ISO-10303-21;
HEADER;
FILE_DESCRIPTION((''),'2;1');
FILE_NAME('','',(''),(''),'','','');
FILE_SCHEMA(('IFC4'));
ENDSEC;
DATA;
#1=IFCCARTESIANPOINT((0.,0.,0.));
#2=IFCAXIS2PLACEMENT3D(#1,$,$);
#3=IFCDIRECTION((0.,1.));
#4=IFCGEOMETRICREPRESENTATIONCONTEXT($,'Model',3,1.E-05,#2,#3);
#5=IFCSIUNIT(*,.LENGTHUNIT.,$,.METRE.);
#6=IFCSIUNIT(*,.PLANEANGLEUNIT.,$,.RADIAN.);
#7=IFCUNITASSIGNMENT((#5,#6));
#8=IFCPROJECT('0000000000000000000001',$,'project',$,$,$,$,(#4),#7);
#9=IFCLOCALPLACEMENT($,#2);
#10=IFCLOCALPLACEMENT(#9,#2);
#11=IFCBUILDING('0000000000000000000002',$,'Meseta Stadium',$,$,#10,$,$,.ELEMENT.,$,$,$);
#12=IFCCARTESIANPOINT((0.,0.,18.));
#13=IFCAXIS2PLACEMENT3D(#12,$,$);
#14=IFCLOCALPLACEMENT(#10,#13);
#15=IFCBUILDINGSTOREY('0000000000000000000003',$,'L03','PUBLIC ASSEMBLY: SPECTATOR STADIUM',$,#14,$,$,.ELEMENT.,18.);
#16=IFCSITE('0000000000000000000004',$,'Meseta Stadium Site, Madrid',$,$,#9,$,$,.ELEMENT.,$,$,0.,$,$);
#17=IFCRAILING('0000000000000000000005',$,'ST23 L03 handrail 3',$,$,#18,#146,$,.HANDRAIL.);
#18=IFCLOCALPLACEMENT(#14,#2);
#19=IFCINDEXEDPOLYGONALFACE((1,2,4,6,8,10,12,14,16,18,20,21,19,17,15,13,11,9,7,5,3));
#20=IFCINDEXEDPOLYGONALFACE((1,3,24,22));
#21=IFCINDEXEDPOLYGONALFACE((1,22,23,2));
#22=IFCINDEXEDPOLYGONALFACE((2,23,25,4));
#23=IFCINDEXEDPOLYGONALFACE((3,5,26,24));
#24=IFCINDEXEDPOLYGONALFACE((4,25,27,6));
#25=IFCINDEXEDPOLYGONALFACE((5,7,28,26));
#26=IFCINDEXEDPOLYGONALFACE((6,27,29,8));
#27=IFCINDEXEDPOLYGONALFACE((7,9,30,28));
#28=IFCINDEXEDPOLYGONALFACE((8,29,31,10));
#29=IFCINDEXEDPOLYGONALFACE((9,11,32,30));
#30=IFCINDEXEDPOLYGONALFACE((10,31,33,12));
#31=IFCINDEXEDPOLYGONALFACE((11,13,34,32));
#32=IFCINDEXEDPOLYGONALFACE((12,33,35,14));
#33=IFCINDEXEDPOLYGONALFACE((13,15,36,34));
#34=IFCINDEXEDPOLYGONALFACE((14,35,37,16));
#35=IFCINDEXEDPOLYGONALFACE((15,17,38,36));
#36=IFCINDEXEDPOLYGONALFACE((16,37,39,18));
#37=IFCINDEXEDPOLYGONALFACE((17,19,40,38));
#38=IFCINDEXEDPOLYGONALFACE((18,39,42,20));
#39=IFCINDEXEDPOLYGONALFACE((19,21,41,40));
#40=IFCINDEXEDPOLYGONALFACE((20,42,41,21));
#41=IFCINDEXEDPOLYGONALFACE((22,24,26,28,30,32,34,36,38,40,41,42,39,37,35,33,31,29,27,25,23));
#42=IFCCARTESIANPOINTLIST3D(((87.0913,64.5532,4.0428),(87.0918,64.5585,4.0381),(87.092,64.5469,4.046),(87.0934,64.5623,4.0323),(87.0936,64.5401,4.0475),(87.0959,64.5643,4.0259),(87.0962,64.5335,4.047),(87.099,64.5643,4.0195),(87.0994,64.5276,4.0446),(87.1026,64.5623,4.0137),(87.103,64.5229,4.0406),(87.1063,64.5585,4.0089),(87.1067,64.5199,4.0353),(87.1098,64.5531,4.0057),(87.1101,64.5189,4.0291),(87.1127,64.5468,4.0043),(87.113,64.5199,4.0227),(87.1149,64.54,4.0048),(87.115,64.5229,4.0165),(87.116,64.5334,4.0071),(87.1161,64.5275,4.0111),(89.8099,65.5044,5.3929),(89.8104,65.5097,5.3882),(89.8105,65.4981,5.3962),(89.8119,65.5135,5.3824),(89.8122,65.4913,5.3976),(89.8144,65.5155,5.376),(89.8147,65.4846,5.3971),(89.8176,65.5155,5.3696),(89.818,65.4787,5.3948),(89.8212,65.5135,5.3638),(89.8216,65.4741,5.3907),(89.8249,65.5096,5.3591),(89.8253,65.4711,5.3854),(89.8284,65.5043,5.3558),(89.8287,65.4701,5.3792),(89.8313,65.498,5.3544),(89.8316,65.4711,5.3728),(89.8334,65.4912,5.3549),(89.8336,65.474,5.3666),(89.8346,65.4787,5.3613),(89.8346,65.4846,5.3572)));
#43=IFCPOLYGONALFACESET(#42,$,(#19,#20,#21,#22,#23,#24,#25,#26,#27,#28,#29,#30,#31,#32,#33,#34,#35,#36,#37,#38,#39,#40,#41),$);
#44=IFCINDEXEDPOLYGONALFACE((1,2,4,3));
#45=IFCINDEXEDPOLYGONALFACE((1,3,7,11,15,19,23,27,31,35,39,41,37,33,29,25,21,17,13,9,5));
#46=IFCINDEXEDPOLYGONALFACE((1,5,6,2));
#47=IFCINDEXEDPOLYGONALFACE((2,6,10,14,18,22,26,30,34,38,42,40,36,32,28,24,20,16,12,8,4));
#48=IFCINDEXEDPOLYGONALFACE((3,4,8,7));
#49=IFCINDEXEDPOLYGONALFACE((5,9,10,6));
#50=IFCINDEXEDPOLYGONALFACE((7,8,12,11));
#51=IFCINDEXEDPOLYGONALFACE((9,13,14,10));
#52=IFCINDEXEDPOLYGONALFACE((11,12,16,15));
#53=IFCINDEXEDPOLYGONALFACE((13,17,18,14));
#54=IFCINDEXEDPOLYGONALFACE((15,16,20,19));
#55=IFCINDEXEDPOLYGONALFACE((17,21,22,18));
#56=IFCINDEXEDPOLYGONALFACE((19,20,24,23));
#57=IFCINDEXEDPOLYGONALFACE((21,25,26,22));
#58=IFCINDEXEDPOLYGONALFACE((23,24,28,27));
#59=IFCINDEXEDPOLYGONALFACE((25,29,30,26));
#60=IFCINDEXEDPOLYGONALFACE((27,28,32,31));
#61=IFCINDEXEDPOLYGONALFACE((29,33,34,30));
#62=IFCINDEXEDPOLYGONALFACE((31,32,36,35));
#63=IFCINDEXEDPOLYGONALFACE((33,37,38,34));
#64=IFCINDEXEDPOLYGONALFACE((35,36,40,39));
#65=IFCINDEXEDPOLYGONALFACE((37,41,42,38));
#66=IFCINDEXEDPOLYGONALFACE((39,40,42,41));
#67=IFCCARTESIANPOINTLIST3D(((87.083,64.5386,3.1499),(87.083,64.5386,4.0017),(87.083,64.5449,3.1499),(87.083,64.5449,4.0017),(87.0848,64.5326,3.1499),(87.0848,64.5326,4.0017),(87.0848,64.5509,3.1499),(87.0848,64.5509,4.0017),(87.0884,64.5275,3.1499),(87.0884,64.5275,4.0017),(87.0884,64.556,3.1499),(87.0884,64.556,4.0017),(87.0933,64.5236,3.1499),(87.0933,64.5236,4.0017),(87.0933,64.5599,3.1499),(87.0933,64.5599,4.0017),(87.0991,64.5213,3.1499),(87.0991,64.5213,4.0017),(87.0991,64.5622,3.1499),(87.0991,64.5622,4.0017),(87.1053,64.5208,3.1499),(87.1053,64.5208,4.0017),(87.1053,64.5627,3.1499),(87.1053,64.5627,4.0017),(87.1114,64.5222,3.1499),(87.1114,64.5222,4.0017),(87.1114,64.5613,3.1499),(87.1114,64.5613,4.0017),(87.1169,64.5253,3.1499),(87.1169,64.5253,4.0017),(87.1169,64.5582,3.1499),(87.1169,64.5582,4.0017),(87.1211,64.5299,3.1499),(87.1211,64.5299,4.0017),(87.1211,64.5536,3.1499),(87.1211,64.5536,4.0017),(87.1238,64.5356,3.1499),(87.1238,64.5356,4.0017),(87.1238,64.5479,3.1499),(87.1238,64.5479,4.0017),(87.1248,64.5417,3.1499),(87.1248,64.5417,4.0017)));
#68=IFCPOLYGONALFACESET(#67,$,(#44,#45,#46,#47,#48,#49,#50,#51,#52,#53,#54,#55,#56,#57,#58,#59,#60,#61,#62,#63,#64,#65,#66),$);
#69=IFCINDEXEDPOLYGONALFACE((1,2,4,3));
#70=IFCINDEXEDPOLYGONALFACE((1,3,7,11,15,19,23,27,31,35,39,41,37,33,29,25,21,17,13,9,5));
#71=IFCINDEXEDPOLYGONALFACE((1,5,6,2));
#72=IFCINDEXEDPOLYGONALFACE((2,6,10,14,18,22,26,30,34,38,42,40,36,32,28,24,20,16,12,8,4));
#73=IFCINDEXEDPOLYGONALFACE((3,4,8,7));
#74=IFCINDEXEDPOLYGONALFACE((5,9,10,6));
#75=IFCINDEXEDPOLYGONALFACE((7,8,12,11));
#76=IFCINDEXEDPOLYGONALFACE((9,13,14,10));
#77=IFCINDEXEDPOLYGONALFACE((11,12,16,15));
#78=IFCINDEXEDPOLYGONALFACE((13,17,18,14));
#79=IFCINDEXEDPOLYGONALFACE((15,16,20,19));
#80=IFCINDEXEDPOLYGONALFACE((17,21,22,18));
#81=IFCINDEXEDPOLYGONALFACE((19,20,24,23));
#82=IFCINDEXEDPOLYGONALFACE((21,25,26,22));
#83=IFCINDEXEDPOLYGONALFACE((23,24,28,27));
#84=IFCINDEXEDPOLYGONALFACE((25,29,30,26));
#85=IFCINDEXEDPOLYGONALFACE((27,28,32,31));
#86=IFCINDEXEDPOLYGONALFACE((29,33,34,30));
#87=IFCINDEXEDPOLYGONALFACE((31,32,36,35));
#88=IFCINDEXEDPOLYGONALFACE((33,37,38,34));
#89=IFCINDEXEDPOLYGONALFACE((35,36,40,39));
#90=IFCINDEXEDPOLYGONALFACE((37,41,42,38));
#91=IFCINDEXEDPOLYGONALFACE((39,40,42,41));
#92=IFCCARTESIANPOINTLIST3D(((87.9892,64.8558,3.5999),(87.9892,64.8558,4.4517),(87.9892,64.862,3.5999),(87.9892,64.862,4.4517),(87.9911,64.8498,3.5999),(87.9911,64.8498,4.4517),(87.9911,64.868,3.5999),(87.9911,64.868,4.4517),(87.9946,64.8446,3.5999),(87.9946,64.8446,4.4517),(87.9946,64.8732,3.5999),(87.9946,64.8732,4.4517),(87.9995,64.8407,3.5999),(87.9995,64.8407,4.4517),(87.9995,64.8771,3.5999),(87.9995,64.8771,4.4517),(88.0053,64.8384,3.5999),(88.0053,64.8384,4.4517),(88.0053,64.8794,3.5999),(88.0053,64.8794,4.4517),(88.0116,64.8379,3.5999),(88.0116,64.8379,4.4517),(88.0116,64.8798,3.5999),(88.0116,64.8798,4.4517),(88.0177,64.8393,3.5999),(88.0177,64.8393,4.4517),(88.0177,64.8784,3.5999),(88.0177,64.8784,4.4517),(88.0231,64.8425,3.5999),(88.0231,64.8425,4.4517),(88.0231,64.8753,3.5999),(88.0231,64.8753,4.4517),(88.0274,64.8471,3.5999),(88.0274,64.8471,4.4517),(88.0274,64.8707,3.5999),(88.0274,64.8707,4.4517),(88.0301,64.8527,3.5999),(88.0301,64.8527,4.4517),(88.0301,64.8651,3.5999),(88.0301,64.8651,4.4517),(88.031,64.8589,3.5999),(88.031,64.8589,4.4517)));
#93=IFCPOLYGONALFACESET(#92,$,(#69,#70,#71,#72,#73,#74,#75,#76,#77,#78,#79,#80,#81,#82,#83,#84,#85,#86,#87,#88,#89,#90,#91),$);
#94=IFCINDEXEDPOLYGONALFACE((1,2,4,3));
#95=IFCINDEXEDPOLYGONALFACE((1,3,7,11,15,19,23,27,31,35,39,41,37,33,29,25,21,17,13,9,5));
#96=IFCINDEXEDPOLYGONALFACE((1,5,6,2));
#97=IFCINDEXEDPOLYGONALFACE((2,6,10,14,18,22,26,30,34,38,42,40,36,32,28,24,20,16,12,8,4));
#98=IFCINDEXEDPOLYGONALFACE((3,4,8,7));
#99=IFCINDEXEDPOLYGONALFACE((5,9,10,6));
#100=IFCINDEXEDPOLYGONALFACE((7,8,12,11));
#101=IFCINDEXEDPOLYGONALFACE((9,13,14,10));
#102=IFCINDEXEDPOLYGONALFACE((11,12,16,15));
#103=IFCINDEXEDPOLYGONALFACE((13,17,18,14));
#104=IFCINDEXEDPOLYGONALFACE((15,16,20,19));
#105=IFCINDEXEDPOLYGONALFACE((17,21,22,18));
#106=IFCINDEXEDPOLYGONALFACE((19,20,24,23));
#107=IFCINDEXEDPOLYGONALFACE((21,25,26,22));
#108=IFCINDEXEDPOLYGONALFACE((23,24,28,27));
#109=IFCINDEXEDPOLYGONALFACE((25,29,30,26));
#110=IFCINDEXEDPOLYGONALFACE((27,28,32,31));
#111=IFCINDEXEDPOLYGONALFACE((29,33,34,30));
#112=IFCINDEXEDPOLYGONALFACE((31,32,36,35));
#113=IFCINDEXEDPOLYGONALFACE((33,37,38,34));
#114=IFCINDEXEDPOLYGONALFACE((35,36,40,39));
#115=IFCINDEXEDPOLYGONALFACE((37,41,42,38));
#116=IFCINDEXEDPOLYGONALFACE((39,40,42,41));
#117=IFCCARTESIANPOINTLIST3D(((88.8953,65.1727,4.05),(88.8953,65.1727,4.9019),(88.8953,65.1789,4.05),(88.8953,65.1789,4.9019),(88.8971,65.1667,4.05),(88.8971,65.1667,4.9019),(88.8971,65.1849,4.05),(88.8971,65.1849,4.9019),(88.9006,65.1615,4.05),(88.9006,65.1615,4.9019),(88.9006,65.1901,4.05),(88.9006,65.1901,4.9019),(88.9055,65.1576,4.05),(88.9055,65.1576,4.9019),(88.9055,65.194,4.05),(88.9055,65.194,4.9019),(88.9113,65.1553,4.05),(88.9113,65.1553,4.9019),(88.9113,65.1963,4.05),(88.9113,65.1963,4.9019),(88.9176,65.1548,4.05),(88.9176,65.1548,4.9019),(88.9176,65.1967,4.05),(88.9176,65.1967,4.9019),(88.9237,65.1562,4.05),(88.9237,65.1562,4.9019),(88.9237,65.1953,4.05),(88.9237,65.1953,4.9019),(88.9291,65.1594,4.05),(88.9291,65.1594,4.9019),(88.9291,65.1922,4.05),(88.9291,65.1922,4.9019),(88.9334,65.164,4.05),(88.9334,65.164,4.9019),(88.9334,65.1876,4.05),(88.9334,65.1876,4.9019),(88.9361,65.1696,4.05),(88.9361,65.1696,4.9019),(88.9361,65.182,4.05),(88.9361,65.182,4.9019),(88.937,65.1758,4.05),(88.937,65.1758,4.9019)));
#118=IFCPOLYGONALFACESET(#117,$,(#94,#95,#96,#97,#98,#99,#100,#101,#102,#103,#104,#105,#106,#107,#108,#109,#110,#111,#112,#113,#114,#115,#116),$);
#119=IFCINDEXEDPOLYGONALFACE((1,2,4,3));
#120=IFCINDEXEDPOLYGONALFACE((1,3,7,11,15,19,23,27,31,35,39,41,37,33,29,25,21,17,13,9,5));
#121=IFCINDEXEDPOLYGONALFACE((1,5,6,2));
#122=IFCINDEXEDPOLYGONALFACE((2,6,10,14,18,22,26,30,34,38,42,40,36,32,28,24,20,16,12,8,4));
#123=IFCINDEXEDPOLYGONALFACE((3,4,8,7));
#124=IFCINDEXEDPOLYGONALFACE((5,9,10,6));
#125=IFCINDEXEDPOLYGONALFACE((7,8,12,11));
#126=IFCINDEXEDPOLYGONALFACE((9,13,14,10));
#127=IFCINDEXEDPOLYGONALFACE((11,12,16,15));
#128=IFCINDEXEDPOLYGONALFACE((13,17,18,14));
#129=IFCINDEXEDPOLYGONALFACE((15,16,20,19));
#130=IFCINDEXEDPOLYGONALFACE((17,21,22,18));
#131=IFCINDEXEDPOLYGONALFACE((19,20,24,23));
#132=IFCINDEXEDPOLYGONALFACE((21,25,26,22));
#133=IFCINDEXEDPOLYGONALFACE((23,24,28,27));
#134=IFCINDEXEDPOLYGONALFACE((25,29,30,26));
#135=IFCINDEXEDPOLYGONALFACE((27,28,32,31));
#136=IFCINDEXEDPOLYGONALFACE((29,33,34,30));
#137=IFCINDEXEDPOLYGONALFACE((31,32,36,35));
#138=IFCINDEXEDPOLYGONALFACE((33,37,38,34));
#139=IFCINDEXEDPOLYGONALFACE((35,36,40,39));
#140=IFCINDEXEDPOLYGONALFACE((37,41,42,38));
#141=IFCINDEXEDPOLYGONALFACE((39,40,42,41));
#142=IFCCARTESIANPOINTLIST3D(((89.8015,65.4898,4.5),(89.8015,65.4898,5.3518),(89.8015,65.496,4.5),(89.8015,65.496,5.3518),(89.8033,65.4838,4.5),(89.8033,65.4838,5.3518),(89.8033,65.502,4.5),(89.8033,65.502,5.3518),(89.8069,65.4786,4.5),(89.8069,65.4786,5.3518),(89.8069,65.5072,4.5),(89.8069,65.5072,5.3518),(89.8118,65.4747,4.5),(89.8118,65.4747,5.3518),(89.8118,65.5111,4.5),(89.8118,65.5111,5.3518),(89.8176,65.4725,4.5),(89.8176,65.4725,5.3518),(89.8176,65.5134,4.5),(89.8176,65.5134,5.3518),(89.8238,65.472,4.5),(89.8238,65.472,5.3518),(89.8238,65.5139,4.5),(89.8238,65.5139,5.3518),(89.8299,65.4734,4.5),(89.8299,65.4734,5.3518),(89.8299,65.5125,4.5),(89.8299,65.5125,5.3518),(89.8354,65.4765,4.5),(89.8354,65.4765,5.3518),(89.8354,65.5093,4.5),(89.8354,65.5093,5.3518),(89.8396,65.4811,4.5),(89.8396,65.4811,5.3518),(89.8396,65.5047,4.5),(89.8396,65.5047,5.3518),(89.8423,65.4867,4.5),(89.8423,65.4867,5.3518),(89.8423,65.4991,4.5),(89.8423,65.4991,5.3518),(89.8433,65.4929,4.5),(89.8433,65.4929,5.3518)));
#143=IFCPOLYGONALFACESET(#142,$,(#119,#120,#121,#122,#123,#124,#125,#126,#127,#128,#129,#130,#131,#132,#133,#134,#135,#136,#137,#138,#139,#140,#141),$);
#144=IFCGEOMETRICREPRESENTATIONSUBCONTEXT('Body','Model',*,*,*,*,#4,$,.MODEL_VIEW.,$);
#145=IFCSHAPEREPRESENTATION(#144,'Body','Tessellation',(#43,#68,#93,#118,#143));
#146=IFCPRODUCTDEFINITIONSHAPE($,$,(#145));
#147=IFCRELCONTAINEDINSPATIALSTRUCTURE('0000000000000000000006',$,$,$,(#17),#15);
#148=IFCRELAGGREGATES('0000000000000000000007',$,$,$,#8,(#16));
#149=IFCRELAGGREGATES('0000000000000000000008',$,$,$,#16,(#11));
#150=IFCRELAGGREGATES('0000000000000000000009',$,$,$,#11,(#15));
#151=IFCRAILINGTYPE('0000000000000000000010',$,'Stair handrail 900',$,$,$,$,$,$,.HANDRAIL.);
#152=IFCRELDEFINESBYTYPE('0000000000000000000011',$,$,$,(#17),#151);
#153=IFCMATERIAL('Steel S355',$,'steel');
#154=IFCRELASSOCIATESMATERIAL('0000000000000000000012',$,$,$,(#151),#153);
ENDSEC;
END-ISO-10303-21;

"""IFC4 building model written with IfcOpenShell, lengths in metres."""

from ifc_helpers import new_model, si_unit, direction, frame, origin, origin_2d, place, context, subcontext, project, spatial, circle, extrude, material, type_object, element, save


model = new_model("IFC4")

# Units and contexts
model_context = context("Model", 3, precision=1e-05, world=origin(), true_north=direction((0.0, 1.0)))
body_context = subcontext(model_context, "Body", "Model", "MODEL_VIEW")
ifc_project = project(units=[si_unit("LENGTHUNIT", "METRE"), si_unit("PLANEANGLEUNIT", "RADIAN")], contexts=[model_context])

# Site, building, storey
site_placement = place(None, origin())
site = spatial("IfcSite", under=ifc_project, at=site_placement, Name="Meseta Stadium Site, Madrid", CompositionType="ELEMENT", RefElevation=0.0)
building_placement = place(site_placement, origin())
building = spatial("IfcBuilding", under=site, at=building_placement, Name="Meseta Stadium", CompositionType="ELEMENT")
storey_placement = place(building_placement, frame((0.0, 0.0, 18.0)))
storey = spatial("IfcBuildingStorey", under=building, at=storey_placement, Name="L03", Description="PUBLIC ASSEMBLY: SPECTATOR STADIUM", CompositionType="ELEMENT", Elevation=18.0)

# Railing
ifc_material_1 = material(Name="Steel S355", Category="steel")
railing_type_1 = type_object("IfcRailingType", Name="Stair handrail 900", PredefinedType="HANDRAIL", material=ifc_material_1)
for number, where, name in (
    (1, (87.1038, 64.5417, 3.1499), "ST23 L03 handrail 3"),
):
    element("IfcRailing", number, at=place(storey_placement, frame(where)), inside=storey, type_object=railing_type_1, Name=name, PredefinedType="HANDRAIL", context=body_context, shape_type="SweptSolid", body=[
        extrude(circle(Radius=0.0239, at=origin_2d()), frame((0.0, 0.0, 0.876), z_axis=(0.854649, 0.299031, 0.424446), x_axis=(-0.330256, 0.943891, 0.0)), (0.0, 0.0, 1.0), 3.1809),
        extrude(circle(Radius=0.021, at=origin_2d()), origin(), (0.0, 0.0, 1.0), 0.8518),
        extrude(circle(Radius=0.021, at=origin_2d()), frame((0.9062, 0.3171, 0.45)), (0.0, 0.0, 1.0), 0.8518),
        extrude(circle(Radius=0.021, at=origin_2d()), frame((1.8123, 0.634, 0.9001)), (0.0, 0.0, 1.0), 0.8518),
        extrude(circle(Radius=0.021, at=origin_2d()), frame((2.7185, 0.9512, 1.3501)), (0.0, 0.0, 1.0), 0.8518),
    ])

save(model, "model.ifc")
